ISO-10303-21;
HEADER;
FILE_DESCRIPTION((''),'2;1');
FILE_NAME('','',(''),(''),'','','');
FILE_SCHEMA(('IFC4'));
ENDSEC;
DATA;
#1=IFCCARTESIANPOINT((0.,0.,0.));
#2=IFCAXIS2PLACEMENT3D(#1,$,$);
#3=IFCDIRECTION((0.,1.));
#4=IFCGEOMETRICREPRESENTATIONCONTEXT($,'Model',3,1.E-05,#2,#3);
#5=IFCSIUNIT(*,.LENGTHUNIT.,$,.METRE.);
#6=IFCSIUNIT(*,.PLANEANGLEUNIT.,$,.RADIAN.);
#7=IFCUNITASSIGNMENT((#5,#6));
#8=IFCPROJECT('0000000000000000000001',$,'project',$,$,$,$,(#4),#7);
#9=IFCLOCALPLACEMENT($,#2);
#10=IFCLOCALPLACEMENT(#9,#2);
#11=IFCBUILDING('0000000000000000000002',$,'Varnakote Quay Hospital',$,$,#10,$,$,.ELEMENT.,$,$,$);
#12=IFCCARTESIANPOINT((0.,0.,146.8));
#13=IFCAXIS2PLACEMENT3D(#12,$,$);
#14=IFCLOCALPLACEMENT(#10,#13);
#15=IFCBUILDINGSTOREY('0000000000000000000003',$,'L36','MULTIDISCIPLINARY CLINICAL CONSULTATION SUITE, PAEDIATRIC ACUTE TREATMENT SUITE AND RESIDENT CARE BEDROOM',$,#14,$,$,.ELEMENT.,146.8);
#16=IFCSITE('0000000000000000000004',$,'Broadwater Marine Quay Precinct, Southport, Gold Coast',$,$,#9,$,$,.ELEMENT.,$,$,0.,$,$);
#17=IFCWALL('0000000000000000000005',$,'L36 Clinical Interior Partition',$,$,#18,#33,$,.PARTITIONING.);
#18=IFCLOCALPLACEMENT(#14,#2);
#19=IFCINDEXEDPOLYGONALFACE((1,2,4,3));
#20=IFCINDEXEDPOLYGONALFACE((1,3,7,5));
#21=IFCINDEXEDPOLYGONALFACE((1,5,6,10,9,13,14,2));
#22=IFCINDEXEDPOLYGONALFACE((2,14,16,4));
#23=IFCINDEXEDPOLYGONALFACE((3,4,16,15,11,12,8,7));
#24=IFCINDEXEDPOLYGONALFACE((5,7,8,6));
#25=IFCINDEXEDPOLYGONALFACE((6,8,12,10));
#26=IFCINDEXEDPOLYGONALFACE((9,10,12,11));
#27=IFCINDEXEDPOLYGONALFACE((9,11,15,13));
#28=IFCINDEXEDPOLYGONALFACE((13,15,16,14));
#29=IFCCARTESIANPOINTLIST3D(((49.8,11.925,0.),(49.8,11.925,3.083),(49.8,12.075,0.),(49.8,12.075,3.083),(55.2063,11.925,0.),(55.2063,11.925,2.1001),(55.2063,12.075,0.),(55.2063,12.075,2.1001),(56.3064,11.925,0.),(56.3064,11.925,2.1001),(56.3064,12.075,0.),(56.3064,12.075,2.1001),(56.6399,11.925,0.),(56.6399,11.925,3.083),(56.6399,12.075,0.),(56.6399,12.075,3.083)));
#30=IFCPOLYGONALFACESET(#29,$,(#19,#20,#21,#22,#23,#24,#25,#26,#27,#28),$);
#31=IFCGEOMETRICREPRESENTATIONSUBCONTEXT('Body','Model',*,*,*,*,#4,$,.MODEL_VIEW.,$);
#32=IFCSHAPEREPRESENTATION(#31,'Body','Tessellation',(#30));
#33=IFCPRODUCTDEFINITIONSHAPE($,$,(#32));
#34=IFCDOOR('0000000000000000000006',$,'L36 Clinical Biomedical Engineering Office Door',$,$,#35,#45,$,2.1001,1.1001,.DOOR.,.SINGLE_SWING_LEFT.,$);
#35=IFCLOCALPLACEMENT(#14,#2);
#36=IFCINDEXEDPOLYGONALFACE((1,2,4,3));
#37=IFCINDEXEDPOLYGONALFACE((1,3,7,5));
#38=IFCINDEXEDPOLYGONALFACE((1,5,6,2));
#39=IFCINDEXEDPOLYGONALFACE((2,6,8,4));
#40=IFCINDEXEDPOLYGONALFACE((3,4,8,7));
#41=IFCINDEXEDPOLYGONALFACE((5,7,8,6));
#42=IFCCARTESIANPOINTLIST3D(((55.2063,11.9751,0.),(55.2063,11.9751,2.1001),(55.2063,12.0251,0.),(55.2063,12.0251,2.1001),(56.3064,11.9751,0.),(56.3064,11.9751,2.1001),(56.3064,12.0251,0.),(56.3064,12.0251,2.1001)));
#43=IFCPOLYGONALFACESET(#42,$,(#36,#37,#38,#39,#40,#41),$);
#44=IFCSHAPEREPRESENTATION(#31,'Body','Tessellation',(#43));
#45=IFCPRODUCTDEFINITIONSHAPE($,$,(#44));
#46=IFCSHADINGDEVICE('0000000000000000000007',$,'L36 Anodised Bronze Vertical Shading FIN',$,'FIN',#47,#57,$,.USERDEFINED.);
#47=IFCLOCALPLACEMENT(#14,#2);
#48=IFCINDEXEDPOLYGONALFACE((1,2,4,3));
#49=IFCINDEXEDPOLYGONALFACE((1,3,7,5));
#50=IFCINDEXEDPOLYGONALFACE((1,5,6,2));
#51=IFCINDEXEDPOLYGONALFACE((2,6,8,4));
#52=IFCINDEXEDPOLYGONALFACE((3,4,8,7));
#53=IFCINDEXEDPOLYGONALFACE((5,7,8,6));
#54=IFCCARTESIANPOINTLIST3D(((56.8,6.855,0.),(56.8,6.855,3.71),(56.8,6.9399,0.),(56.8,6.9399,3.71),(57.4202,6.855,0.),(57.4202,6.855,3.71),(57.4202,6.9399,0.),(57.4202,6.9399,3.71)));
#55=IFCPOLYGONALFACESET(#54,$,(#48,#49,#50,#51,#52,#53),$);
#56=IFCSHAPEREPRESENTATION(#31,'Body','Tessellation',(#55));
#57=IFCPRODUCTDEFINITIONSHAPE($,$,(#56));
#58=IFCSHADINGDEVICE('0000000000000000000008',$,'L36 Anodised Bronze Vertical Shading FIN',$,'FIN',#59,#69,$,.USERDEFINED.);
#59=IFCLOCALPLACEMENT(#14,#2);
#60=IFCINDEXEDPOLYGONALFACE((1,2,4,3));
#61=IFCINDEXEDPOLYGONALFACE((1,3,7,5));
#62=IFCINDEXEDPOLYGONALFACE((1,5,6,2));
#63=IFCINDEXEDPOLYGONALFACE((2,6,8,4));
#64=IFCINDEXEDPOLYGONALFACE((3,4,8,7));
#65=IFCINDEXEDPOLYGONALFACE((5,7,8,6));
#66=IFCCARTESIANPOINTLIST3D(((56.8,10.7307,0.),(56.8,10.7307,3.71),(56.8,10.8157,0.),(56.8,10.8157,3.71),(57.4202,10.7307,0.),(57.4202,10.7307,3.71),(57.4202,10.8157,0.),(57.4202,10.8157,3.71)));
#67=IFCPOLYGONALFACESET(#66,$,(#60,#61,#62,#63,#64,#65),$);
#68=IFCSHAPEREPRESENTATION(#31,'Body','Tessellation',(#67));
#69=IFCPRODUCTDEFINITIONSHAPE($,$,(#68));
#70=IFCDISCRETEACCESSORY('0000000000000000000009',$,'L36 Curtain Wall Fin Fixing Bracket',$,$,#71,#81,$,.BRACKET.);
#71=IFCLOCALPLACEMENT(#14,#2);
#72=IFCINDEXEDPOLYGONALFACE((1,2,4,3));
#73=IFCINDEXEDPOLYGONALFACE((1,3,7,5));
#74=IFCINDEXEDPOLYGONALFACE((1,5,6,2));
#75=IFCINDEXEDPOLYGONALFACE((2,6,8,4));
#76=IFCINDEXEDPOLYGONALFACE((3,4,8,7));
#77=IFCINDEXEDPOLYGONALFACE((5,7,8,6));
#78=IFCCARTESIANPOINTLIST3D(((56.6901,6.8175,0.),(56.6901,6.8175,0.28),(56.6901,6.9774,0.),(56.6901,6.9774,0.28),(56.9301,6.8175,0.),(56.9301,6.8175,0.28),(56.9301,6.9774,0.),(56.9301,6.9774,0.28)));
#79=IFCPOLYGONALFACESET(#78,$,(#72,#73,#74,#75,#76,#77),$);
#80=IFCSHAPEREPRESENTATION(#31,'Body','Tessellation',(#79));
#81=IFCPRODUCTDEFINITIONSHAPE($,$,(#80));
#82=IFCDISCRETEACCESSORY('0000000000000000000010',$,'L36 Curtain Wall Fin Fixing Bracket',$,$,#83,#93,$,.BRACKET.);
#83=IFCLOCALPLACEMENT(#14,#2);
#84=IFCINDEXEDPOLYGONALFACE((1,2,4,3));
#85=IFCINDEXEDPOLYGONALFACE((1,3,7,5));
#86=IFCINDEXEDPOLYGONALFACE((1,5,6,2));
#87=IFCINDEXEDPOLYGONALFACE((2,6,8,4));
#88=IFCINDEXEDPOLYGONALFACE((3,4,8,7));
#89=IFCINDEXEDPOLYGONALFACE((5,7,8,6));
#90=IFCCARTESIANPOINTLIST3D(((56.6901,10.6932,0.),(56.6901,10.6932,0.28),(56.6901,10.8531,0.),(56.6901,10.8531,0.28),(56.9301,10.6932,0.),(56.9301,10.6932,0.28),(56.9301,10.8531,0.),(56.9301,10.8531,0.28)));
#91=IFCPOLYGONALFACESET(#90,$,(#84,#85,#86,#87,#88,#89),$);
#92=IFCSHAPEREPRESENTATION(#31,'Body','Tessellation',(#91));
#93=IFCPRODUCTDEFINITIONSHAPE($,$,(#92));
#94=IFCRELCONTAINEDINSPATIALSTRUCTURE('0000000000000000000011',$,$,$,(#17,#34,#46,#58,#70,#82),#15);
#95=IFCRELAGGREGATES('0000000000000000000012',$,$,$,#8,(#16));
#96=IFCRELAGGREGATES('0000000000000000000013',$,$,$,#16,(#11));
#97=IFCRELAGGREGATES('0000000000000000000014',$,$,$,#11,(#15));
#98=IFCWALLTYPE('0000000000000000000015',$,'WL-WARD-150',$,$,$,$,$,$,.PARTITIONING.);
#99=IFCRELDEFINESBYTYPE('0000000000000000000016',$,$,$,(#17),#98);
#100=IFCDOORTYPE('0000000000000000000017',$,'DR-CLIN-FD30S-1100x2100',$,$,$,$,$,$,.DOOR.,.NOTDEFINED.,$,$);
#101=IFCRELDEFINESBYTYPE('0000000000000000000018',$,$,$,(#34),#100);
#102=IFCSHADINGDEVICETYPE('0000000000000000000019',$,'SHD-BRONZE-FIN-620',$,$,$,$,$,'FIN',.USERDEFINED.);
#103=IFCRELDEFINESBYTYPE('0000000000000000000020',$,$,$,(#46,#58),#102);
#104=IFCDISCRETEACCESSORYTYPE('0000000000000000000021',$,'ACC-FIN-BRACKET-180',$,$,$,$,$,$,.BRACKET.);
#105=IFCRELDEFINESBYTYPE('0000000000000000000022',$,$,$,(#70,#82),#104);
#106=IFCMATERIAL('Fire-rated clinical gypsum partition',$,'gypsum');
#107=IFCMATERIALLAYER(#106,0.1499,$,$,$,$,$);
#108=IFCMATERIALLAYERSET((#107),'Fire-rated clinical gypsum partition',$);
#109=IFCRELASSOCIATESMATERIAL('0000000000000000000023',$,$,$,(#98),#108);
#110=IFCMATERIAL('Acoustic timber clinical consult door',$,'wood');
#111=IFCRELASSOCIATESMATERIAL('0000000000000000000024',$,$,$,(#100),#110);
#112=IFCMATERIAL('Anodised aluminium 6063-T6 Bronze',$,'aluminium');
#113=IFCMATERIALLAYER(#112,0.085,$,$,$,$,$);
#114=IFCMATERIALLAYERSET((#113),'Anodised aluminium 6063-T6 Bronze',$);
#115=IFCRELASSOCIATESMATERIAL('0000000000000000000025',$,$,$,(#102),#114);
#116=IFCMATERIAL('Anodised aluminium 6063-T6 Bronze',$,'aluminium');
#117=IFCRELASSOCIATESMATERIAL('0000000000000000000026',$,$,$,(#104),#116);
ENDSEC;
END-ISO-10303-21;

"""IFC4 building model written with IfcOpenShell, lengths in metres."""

from ifc_helpers import new_model, si_unit, direction, frame, frame_2d, origin, origin_2d, place, context, subcontext, project, spatial, rectangle, extrude, material, layer, layer_set, type_object, element, fill, save


model = new_model("IFC4")

# Units and contexts
model_context = context("Model", 3, precision=1e-05, world=origin(), true_north=direction((0.0, 1.0)))
body_context = subcontext(model_context, "Body", "Model", "MODEL_VIEW")
ifc_project = project(units=[si_unit("LENGTHUNIT", "METRE"), si_unit("PLANEANGLEUNIT", "RADIAN")], contexts=[model_context])

# Site, building, storey
site_placement = place(None, origin())
site = spatial("IfcSite", under=ifc_project, at=site_placement, Name="Broadwater Marine Quay Precinct, Southport, Gold Coast", CompositionType="ELEMENT", RefElevation=0.0)
building_placement = place(site_placement, origin())
building = spatial("IfcBuilding", under=site, at=building_placement, Name="Varnakote Quay Hospital", CompositionType="ELEMENT")
storey_placement = place(building_placement, frame((0.0, 0.0, 146.8)))
storey = spatial("IfcBuildingStorey", under=building, at=storey_placement, Name="L36", Description="MULTIDISCIPLINARY CLINICAL CONSULTATION SUITE, PAEDIATRIC ACUTE TREATMENT SUITE AND RESIDENT CARE BEDROOM", CompositionType="ELEMENT", Elevation=146.8)

# Wall, opening, door
ifc_material_1 = material(Name="Fire-rated clinical gypsum partition", Category="gypsum")
ifc_layer_1 = layer(ifc_material_1, 0.1499)
ifc_layer_set_1 = layer_set([ifc_layer_1], Name="Fire-rated clinical gypsum partition")
wall_type_1 = type_object("IfcWallType", Name="WL-WARD-150", PredefinedType="PARTITIONING", material=ifc_layer_set_1)
wall_1_placement = place(storey_placement, frame((56.6399, 12.0, 0.0), z_axis=(0.0, 0.0, 1.0), x_axis=(-1.0, 0.0, 0.0)))
wall_1 = element("IfcWall", 1, at=wall_1_placement, inside=storey, type_object=wall_type_1, Name="L36 Clinical Interior Partition", PredefinedType="PARTITIONING", context=body_context, shape_type="SweptSolid", body=[
    extrude(rectangle(XDim=6.8398, YDim=0.1499, at=frame_2d((3.4199, 0.0))), origin(), (0.0, 0.0, 1.0), 3.083),
])
opening_placement = place(wall_1_placement, frame((0.3335, 0.0, 0.0)))
opening = element("IfcOpeningElement", 2, at=opening_placement, cuts=wall_1, PredefinedType="OPENING", context=body_context, shape_type="SweptSolid", body=[
    extrude(rectangle(XDim=1.1001, YDim=2.1001, at=frame_2d((0.55, 1.05))), frame((0.0, 0.085, 0.0), z_axis=(0.0, -1.0, 0.0), x_axis=(1.0, 0.0, 0.0)), (0.0, 0.0, 1.0), 0.1699),
])
ifc_material_2 = material(Name="Acoustic timber clinical consult door", Category="wood")
door_type = type_object("IfcDoorType", Name="DR-CLIN-FD30S-1100x2100", OperationType="NOTDEFINED", PredefinedType="DOOR", material=ifc_material_2)
door_placement = place(opening_placement, origin())
door = element("IfcDoor", 3, at=door_placement, inside=storey, type_object=door_type, Name="L36 Clinical Biomedical Engineering Office Door", OperationType="SINGLE_SWING_LEFT", OverallHeight=2.1001, OverallWidth=1.1001, PredefinedType="DOOR", context=body_context, shape_type="SweptSolid", body=[
    extrude(rectangle(XDim=1.1001, YDim=2.1001, at=frame_2d((0.55, 1.05))), frame((0.0, 0.0249, 0.0), z_axis=(0.0, -1.0, 0.0), x_axis=(1.0, 0.0, 0.0)), (0.0, 0.0, 1.0), 0.05),
])
fill(opening, door)

# Shading devices
ifc_material_3 = material(Name="Anodised aluminium 6063-T6 Bronze", Category="aluminium")
ifc_layer_2 = layer(ifc_material_3, 0.085)
ifc_layer_set_2 = layer_set([ifc_layer_2], Name="Anodised aluminium 6063-T6 Bronze")
shading_device_type = type_object("IfcShadingDeviceType", Name="SHD-BRONZE-FIN-620", ElementType="FIN", PredefinedType="USERDEFINED", material=ifc_layer_set_2)
for number, where, z_axis, x_axis, name in (
    (4, (57.1101, 6.8975, 0.0), (0.0, 0.0, 1.0), (-1.0, 0.0, 0.0), "L36 Anodised Bronze Vertical Shading FIN"),
    (5, (57.1101, 10.7732, 0.0), (0.0, 0.0, 1.0), (-1.0, 0.0, 0.0), "L36 Anodised Bronze Vertical Shading FIN"),
):
    element("IfcShadingDevice", number, at=place(storey_placement, frame(where, z_axis=z_axis, x_axis=x_axis)), inside=storey, type_object=shading_device_type, Name=name, ObjectType="FIN", PredefinedType="USERDEFINED", context=body_context, shape_type="SweptSolid", body=[
        extrude(rectangle(XDim=0.6201, YDim=0.085, at=origin_2d()), origin(), (0.0, 0.0, 1.0), 3.71),
    ])

# Discrete accessories
ifc_material_4 = material(Name="Anodised aluminium 6063-T6 Bronze", Category="aluminium")
discrete_accessory_type = type_object("IfcDiscreteAccessoryType", Name="ACC-FIN-BRACKET-180", PredefinedType="BRACKET", material=ifc_material_4)
for number, where, z_axis, x_axis, name in (
    (6, (56.8101, 6.8975, 0.0), (0.0, 0.0, 1.0), (0.0, 1.0, 0.0), "L36 Curtain Wall Fin Fixing Bracket"),
    (7, (56.8101, 10.7732, 0.0), (0.0, 0.0, 1.0), (0.0, 1.0, 0.0), "L36 Curtain Wall Fin Fixing Bracket"),
):
    element("IfcDiscreteAccessory", number, at=place(storey_placement, frame(where, z_axis=z_axis, x_axis=x_axis)), inside=storey, type_object=discrete_accessory_type, Name=name, PredefinedType="BRACKET", context=body_context, shape_type="SweptSolid", body=[
        extrude(rectangle(XDim=0.1599, YDim=0.24, at=origin_2d()), origin(), (0.0, 0.0, 1.0), 0.28),
    ])

save(model, "model.ifc")
